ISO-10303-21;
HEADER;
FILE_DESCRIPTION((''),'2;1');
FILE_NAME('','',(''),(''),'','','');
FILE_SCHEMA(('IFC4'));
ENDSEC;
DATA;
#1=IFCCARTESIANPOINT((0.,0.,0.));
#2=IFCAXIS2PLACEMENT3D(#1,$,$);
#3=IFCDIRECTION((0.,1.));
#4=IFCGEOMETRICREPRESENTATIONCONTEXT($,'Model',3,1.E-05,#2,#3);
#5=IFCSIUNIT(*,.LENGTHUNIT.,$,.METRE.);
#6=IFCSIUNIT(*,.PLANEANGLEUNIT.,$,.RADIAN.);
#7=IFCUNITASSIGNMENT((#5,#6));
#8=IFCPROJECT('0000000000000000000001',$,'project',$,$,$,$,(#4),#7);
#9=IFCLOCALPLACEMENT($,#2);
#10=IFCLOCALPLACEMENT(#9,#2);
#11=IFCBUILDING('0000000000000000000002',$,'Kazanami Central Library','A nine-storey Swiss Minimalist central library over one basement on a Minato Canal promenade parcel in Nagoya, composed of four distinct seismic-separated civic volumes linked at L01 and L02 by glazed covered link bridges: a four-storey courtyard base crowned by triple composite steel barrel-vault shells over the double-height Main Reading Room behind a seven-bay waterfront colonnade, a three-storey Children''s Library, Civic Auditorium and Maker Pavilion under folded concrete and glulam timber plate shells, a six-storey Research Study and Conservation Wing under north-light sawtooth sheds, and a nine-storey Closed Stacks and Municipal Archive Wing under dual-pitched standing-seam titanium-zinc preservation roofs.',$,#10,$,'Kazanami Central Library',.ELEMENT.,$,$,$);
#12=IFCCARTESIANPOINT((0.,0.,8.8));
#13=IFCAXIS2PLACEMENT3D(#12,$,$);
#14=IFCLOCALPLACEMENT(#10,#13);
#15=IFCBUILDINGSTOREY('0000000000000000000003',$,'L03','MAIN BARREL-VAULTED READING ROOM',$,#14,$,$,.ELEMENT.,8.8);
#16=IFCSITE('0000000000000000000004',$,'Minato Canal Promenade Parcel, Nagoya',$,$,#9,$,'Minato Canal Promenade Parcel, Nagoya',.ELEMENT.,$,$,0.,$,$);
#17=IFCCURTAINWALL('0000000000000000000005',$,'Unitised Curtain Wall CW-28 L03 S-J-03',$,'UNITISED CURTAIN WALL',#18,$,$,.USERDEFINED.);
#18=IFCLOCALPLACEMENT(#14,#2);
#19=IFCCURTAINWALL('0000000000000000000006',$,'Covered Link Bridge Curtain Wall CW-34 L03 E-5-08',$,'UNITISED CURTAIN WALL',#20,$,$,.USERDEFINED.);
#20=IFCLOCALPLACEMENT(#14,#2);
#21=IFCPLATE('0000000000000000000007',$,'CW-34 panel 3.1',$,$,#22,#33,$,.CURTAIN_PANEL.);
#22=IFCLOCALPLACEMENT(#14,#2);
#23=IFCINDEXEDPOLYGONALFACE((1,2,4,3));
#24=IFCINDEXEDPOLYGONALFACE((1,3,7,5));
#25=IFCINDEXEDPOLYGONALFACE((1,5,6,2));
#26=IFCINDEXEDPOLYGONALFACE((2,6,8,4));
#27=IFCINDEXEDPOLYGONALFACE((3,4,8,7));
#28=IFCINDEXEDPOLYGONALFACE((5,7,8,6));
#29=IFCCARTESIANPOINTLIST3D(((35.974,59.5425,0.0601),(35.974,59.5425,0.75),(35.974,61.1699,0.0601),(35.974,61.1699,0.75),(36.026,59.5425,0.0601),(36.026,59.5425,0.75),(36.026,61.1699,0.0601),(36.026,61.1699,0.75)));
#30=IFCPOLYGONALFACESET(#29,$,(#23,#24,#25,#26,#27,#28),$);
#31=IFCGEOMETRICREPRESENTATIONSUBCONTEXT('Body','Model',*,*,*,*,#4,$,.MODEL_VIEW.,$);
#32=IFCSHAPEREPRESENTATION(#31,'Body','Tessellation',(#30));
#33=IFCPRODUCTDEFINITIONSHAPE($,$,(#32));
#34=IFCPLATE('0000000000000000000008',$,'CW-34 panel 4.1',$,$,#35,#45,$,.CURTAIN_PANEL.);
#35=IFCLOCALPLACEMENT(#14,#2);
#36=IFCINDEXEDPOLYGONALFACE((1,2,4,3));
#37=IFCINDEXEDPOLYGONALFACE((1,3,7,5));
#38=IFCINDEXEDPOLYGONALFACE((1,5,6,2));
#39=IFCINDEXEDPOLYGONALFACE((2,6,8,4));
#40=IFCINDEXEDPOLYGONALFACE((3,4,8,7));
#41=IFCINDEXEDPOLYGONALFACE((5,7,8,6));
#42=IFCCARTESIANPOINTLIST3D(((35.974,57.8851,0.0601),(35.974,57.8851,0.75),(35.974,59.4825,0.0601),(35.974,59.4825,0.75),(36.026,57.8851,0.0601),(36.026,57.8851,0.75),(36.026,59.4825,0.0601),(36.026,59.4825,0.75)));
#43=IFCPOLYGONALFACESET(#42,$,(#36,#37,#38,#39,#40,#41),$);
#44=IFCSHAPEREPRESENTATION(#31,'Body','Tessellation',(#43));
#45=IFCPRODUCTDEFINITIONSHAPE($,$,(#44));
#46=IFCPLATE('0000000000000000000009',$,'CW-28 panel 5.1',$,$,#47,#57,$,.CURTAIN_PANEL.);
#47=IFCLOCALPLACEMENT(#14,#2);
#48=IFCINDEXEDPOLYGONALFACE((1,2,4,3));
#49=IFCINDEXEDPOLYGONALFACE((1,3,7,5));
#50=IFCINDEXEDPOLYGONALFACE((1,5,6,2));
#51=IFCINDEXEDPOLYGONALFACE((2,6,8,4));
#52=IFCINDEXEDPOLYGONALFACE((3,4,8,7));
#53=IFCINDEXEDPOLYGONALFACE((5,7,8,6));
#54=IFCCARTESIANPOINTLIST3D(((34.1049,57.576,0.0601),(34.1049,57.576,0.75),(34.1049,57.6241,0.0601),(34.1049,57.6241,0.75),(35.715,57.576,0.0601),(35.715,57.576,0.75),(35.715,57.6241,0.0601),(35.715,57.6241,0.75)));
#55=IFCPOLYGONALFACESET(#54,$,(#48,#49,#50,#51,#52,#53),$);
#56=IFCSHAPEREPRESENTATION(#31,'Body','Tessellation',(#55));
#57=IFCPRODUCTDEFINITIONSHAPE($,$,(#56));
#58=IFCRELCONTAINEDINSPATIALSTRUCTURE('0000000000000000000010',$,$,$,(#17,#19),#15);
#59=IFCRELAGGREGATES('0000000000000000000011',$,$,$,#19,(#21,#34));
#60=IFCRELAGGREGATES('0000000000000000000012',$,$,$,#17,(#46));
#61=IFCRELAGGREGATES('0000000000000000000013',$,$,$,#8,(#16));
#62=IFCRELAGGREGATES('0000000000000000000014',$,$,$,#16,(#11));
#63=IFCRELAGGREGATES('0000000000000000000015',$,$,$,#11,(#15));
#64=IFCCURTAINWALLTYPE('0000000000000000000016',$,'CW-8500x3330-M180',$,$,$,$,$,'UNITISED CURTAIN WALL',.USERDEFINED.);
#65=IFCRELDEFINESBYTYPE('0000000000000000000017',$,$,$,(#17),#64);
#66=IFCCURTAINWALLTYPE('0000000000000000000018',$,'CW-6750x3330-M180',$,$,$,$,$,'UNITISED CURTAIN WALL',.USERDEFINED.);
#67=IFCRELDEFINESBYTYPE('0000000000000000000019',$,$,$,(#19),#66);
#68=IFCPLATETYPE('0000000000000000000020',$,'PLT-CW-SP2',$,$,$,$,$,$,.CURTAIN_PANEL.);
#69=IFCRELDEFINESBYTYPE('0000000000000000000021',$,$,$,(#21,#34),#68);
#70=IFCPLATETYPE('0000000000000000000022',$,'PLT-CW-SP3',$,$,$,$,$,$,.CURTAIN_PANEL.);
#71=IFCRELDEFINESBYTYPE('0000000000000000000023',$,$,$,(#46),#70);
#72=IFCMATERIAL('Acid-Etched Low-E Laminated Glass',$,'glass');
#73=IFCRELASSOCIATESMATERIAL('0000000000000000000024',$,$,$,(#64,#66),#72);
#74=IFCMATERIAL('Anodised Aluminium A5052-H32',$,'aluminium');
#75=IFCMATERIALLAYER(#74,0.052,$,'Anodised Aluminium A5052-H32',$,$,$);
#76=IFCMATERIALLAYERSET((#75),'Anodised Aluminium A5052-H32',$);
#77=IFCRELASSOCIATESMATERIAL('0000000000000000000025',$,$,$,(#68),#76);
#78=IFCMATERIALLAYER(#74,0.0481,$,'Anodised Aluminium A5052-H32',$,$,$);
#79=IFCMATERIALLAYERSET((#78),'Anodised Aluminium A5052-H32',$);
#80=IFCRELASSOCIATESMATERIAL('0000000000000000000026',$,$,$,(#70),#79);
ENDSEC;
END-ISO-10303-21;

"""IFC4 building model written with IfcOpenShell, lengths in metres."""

from ifc_helpers import new_model, si_unit, direction, frame, origin, origin_2d, place, context, subcontext, project, spatial, rectangle, extrude, material, layer, layer_set, type_object, element, aggregate, save


model = new_model("IFC4")

# Units and contexts
model_context = context("Model", 3, precision=1e-05, world=origin(), true_north=direction((0.0, 1.0)))
body_context = subcontext(model_context, "Body", "Model", "MODEL_VIEW")
ifc_project = project(units=[si_unit("LENGTHUNIT", "METRE"), si_unit("PLANEANGLEUNIT", "RADIAN")], contexts=[model_context])

# Site, building, storey
site_placement = place(None, origin())
site = spatial("IfcSite", under=ifc_project, at=site_placement, Name="Minato Canal Promenade Parcel, Nagoya", LongName="Minato Canal Promenade Parcel, Nagoya", CompositionType="ELEMENT", RefElevation=0.0)
building_placement = place(site_placement, origin())
building = spatial("IfcBuilding", under=site, at=building_placement, Name="Kazanami Central Library", Description="A nine-storey Swiss Minimalist central library over one basement on a Minato Canal promenade parcel in Nagoya, composed of four distinct seismic-separated civic volumes linked at L01 and L02 by glazed covered link bridges: a four-storey courtyard base crowned by triple composite steel barrel-vault shells over the double-height Main Reading Room behind a seven-bay waterfront colonnade, a three-storey Children's Library, Civic Auditorium and Maker Pavilion under folded concrete and glulam timber plate shells, a six-storey Research Study and Conservation Wing under north-light sawtooth sheds, and a nine-storey Closed Stacks and Municipal Archive Wing under dual-pitched standing-seam titanium-zinc preservation roofs.", LongName="Kazanami Central Library", CompositionType="ELEMENT")
storey_placement = place(building_placement, frame((0.0, 0.0, 8.8)))
storey = spatial("IfcBuildingStorey", under=building, at=storey_placement, Name="L03", Description="MAIN BARREL-VAULTED READING ROOM", CompositionType="ELEMENT", Elevation=8.8)

# Curtain wall
ifc_material_1 = material(Name="Acid-Etched Low-E Laminated Glass", Category="glass")
curtain_wall_type_1 = type_object("IfcCurtainWallType", Name="CW-8500x3330-M180", ElementType="UNITISED CURTAIN WALL", PredefinedType="USERDEFINED", material=ifc_material_1)
curtain_wall_1_placement = place(storey_placement, origin())
curtain_wall_1 = element("IfcCurtainWall", 1, at=curtain_wall_1_placement, inside=storey, type_object=curtain_wall_type_1, Name="Unitised Curtain Wall CW-28 L03 S-J-03", ObjectType="UNITISED CURTAIN WALL", PredefinedType="USERDEFINED")

# Curtain wall
curtain_wall_type_2 = type_object("IfcCurtainWallType", Name="CW-6750x3330-M180", ElementType="UNITISED CURTAIN WALL", PredefinedType="USERDEFINED", material=ifc_material_1)
curtain_wall_2_placement = place(storey_placement, origin())
curtain_wall_2 = element("IfcCurtainWall", 2, at=curtain_wall_2_placement, inside=storey, type_object=curtain_wall_type_2, Name="Covered Link Bridge Curtain Wall CW-34 L03 E-5-08", ObjectType="UNITISED CURTAIN WALL", PredefinedType="USERDEFINED")

# Plates
ifc_material_2 = material(Name="Anodised Aluminium A5052-H32", Category="aluminium")
ifc_layer_1 = layer(ifc_material_2, 0.052, Name="Anodised Aluminium A5052-H32")
ifc_layer_set_1 = layer_set([ifc_layer_1], Name="Anodised Aluminium A5052-H32")
plate_type_1 = type_object("IfcPlateType", Name="PLT-CW-SP2", PredefinedType="CURTAIN_PANEL", material=ifc_layer_set_1)
plate_1_placement = place(storey_placement, frame((36.0, 60.3562, 0.0601), z_axis=(0.0, 0.0, 1.0), x_axis=(0.0, -1.0, 0.0)))
plate_1 = element("IfcPlate", 3, at=plate_1_placement, type_object=plate_type_1, Name="CW-34 panel 3.1", PredefinedType="CURTAIN_PANEL", context=body_context, shape_type="SweptSolid", body=[
    extrude(rectangle(XDim=1.6274, YDim=0.052, at=origin_2d()), origin(), (0.0, 0.0, 1.0), 0.6899),
])
plate_2_placement = place(storey_placement, frame((36.0, 58.6838, 0.0601), z_axis=(0.0, 0.0, 1.0), x_axis=(0.0, -1.0, 0.0)))
plate_2 = element("IfcPlate", 4, at=plate_2_placement, type_object=plate_type_1, Name="CW-34 panel 4.1", PredefinedType="CURTAIN_PANEL", context=body_context, shape_type="SweptSolid", body=[
    extrude(rectangle(XDim=1.5974, YDim=0.052, at=origin_2d()), origin(), (0.0, 0.0, 1.0), 0.6899),
])
aggregate(curtain_wall_2, [plate_1, plate_2])
ifc_layer_2 = layer(ifc_material_2, 0.0481, Name="Anodised Aluminium A5052-H32")
ifc_layer_set_2 = layer_set([ifc_layer_2], Name="Anodised Aluminium A5052-H32")
plate_type_2 = type_object("IfcPlateType", Name="PLT-CW-SP3", PredefinedType="CURTAIN_PANEL", material=ifc_layer_set_2)
plate_3_placement = place(storey_placement, frame((34.9099, 57.6001, 0.0601), z_axis=(0.0, 0.0, 1.0), x_axis=(1.0, 0.0, 0.0)))
plate_3 = element("IfcPlate", 5, at=plate_3_placement, type_object=plate_type_2, Name="CW-28 panel 5.1", PredefinedType="CURTAIN_PANEL", context=body_context, shape_type="SweptSolid", body=[
    extrude(rectangle(XDim=1.6101, YDim=0.0481, at=origin_2d()), origin(), (0.0, 0.0, 1.0), 0.6899),
])
aggregate(curtain_wall_1, [plate_3])

save(model, "model.ifc")
